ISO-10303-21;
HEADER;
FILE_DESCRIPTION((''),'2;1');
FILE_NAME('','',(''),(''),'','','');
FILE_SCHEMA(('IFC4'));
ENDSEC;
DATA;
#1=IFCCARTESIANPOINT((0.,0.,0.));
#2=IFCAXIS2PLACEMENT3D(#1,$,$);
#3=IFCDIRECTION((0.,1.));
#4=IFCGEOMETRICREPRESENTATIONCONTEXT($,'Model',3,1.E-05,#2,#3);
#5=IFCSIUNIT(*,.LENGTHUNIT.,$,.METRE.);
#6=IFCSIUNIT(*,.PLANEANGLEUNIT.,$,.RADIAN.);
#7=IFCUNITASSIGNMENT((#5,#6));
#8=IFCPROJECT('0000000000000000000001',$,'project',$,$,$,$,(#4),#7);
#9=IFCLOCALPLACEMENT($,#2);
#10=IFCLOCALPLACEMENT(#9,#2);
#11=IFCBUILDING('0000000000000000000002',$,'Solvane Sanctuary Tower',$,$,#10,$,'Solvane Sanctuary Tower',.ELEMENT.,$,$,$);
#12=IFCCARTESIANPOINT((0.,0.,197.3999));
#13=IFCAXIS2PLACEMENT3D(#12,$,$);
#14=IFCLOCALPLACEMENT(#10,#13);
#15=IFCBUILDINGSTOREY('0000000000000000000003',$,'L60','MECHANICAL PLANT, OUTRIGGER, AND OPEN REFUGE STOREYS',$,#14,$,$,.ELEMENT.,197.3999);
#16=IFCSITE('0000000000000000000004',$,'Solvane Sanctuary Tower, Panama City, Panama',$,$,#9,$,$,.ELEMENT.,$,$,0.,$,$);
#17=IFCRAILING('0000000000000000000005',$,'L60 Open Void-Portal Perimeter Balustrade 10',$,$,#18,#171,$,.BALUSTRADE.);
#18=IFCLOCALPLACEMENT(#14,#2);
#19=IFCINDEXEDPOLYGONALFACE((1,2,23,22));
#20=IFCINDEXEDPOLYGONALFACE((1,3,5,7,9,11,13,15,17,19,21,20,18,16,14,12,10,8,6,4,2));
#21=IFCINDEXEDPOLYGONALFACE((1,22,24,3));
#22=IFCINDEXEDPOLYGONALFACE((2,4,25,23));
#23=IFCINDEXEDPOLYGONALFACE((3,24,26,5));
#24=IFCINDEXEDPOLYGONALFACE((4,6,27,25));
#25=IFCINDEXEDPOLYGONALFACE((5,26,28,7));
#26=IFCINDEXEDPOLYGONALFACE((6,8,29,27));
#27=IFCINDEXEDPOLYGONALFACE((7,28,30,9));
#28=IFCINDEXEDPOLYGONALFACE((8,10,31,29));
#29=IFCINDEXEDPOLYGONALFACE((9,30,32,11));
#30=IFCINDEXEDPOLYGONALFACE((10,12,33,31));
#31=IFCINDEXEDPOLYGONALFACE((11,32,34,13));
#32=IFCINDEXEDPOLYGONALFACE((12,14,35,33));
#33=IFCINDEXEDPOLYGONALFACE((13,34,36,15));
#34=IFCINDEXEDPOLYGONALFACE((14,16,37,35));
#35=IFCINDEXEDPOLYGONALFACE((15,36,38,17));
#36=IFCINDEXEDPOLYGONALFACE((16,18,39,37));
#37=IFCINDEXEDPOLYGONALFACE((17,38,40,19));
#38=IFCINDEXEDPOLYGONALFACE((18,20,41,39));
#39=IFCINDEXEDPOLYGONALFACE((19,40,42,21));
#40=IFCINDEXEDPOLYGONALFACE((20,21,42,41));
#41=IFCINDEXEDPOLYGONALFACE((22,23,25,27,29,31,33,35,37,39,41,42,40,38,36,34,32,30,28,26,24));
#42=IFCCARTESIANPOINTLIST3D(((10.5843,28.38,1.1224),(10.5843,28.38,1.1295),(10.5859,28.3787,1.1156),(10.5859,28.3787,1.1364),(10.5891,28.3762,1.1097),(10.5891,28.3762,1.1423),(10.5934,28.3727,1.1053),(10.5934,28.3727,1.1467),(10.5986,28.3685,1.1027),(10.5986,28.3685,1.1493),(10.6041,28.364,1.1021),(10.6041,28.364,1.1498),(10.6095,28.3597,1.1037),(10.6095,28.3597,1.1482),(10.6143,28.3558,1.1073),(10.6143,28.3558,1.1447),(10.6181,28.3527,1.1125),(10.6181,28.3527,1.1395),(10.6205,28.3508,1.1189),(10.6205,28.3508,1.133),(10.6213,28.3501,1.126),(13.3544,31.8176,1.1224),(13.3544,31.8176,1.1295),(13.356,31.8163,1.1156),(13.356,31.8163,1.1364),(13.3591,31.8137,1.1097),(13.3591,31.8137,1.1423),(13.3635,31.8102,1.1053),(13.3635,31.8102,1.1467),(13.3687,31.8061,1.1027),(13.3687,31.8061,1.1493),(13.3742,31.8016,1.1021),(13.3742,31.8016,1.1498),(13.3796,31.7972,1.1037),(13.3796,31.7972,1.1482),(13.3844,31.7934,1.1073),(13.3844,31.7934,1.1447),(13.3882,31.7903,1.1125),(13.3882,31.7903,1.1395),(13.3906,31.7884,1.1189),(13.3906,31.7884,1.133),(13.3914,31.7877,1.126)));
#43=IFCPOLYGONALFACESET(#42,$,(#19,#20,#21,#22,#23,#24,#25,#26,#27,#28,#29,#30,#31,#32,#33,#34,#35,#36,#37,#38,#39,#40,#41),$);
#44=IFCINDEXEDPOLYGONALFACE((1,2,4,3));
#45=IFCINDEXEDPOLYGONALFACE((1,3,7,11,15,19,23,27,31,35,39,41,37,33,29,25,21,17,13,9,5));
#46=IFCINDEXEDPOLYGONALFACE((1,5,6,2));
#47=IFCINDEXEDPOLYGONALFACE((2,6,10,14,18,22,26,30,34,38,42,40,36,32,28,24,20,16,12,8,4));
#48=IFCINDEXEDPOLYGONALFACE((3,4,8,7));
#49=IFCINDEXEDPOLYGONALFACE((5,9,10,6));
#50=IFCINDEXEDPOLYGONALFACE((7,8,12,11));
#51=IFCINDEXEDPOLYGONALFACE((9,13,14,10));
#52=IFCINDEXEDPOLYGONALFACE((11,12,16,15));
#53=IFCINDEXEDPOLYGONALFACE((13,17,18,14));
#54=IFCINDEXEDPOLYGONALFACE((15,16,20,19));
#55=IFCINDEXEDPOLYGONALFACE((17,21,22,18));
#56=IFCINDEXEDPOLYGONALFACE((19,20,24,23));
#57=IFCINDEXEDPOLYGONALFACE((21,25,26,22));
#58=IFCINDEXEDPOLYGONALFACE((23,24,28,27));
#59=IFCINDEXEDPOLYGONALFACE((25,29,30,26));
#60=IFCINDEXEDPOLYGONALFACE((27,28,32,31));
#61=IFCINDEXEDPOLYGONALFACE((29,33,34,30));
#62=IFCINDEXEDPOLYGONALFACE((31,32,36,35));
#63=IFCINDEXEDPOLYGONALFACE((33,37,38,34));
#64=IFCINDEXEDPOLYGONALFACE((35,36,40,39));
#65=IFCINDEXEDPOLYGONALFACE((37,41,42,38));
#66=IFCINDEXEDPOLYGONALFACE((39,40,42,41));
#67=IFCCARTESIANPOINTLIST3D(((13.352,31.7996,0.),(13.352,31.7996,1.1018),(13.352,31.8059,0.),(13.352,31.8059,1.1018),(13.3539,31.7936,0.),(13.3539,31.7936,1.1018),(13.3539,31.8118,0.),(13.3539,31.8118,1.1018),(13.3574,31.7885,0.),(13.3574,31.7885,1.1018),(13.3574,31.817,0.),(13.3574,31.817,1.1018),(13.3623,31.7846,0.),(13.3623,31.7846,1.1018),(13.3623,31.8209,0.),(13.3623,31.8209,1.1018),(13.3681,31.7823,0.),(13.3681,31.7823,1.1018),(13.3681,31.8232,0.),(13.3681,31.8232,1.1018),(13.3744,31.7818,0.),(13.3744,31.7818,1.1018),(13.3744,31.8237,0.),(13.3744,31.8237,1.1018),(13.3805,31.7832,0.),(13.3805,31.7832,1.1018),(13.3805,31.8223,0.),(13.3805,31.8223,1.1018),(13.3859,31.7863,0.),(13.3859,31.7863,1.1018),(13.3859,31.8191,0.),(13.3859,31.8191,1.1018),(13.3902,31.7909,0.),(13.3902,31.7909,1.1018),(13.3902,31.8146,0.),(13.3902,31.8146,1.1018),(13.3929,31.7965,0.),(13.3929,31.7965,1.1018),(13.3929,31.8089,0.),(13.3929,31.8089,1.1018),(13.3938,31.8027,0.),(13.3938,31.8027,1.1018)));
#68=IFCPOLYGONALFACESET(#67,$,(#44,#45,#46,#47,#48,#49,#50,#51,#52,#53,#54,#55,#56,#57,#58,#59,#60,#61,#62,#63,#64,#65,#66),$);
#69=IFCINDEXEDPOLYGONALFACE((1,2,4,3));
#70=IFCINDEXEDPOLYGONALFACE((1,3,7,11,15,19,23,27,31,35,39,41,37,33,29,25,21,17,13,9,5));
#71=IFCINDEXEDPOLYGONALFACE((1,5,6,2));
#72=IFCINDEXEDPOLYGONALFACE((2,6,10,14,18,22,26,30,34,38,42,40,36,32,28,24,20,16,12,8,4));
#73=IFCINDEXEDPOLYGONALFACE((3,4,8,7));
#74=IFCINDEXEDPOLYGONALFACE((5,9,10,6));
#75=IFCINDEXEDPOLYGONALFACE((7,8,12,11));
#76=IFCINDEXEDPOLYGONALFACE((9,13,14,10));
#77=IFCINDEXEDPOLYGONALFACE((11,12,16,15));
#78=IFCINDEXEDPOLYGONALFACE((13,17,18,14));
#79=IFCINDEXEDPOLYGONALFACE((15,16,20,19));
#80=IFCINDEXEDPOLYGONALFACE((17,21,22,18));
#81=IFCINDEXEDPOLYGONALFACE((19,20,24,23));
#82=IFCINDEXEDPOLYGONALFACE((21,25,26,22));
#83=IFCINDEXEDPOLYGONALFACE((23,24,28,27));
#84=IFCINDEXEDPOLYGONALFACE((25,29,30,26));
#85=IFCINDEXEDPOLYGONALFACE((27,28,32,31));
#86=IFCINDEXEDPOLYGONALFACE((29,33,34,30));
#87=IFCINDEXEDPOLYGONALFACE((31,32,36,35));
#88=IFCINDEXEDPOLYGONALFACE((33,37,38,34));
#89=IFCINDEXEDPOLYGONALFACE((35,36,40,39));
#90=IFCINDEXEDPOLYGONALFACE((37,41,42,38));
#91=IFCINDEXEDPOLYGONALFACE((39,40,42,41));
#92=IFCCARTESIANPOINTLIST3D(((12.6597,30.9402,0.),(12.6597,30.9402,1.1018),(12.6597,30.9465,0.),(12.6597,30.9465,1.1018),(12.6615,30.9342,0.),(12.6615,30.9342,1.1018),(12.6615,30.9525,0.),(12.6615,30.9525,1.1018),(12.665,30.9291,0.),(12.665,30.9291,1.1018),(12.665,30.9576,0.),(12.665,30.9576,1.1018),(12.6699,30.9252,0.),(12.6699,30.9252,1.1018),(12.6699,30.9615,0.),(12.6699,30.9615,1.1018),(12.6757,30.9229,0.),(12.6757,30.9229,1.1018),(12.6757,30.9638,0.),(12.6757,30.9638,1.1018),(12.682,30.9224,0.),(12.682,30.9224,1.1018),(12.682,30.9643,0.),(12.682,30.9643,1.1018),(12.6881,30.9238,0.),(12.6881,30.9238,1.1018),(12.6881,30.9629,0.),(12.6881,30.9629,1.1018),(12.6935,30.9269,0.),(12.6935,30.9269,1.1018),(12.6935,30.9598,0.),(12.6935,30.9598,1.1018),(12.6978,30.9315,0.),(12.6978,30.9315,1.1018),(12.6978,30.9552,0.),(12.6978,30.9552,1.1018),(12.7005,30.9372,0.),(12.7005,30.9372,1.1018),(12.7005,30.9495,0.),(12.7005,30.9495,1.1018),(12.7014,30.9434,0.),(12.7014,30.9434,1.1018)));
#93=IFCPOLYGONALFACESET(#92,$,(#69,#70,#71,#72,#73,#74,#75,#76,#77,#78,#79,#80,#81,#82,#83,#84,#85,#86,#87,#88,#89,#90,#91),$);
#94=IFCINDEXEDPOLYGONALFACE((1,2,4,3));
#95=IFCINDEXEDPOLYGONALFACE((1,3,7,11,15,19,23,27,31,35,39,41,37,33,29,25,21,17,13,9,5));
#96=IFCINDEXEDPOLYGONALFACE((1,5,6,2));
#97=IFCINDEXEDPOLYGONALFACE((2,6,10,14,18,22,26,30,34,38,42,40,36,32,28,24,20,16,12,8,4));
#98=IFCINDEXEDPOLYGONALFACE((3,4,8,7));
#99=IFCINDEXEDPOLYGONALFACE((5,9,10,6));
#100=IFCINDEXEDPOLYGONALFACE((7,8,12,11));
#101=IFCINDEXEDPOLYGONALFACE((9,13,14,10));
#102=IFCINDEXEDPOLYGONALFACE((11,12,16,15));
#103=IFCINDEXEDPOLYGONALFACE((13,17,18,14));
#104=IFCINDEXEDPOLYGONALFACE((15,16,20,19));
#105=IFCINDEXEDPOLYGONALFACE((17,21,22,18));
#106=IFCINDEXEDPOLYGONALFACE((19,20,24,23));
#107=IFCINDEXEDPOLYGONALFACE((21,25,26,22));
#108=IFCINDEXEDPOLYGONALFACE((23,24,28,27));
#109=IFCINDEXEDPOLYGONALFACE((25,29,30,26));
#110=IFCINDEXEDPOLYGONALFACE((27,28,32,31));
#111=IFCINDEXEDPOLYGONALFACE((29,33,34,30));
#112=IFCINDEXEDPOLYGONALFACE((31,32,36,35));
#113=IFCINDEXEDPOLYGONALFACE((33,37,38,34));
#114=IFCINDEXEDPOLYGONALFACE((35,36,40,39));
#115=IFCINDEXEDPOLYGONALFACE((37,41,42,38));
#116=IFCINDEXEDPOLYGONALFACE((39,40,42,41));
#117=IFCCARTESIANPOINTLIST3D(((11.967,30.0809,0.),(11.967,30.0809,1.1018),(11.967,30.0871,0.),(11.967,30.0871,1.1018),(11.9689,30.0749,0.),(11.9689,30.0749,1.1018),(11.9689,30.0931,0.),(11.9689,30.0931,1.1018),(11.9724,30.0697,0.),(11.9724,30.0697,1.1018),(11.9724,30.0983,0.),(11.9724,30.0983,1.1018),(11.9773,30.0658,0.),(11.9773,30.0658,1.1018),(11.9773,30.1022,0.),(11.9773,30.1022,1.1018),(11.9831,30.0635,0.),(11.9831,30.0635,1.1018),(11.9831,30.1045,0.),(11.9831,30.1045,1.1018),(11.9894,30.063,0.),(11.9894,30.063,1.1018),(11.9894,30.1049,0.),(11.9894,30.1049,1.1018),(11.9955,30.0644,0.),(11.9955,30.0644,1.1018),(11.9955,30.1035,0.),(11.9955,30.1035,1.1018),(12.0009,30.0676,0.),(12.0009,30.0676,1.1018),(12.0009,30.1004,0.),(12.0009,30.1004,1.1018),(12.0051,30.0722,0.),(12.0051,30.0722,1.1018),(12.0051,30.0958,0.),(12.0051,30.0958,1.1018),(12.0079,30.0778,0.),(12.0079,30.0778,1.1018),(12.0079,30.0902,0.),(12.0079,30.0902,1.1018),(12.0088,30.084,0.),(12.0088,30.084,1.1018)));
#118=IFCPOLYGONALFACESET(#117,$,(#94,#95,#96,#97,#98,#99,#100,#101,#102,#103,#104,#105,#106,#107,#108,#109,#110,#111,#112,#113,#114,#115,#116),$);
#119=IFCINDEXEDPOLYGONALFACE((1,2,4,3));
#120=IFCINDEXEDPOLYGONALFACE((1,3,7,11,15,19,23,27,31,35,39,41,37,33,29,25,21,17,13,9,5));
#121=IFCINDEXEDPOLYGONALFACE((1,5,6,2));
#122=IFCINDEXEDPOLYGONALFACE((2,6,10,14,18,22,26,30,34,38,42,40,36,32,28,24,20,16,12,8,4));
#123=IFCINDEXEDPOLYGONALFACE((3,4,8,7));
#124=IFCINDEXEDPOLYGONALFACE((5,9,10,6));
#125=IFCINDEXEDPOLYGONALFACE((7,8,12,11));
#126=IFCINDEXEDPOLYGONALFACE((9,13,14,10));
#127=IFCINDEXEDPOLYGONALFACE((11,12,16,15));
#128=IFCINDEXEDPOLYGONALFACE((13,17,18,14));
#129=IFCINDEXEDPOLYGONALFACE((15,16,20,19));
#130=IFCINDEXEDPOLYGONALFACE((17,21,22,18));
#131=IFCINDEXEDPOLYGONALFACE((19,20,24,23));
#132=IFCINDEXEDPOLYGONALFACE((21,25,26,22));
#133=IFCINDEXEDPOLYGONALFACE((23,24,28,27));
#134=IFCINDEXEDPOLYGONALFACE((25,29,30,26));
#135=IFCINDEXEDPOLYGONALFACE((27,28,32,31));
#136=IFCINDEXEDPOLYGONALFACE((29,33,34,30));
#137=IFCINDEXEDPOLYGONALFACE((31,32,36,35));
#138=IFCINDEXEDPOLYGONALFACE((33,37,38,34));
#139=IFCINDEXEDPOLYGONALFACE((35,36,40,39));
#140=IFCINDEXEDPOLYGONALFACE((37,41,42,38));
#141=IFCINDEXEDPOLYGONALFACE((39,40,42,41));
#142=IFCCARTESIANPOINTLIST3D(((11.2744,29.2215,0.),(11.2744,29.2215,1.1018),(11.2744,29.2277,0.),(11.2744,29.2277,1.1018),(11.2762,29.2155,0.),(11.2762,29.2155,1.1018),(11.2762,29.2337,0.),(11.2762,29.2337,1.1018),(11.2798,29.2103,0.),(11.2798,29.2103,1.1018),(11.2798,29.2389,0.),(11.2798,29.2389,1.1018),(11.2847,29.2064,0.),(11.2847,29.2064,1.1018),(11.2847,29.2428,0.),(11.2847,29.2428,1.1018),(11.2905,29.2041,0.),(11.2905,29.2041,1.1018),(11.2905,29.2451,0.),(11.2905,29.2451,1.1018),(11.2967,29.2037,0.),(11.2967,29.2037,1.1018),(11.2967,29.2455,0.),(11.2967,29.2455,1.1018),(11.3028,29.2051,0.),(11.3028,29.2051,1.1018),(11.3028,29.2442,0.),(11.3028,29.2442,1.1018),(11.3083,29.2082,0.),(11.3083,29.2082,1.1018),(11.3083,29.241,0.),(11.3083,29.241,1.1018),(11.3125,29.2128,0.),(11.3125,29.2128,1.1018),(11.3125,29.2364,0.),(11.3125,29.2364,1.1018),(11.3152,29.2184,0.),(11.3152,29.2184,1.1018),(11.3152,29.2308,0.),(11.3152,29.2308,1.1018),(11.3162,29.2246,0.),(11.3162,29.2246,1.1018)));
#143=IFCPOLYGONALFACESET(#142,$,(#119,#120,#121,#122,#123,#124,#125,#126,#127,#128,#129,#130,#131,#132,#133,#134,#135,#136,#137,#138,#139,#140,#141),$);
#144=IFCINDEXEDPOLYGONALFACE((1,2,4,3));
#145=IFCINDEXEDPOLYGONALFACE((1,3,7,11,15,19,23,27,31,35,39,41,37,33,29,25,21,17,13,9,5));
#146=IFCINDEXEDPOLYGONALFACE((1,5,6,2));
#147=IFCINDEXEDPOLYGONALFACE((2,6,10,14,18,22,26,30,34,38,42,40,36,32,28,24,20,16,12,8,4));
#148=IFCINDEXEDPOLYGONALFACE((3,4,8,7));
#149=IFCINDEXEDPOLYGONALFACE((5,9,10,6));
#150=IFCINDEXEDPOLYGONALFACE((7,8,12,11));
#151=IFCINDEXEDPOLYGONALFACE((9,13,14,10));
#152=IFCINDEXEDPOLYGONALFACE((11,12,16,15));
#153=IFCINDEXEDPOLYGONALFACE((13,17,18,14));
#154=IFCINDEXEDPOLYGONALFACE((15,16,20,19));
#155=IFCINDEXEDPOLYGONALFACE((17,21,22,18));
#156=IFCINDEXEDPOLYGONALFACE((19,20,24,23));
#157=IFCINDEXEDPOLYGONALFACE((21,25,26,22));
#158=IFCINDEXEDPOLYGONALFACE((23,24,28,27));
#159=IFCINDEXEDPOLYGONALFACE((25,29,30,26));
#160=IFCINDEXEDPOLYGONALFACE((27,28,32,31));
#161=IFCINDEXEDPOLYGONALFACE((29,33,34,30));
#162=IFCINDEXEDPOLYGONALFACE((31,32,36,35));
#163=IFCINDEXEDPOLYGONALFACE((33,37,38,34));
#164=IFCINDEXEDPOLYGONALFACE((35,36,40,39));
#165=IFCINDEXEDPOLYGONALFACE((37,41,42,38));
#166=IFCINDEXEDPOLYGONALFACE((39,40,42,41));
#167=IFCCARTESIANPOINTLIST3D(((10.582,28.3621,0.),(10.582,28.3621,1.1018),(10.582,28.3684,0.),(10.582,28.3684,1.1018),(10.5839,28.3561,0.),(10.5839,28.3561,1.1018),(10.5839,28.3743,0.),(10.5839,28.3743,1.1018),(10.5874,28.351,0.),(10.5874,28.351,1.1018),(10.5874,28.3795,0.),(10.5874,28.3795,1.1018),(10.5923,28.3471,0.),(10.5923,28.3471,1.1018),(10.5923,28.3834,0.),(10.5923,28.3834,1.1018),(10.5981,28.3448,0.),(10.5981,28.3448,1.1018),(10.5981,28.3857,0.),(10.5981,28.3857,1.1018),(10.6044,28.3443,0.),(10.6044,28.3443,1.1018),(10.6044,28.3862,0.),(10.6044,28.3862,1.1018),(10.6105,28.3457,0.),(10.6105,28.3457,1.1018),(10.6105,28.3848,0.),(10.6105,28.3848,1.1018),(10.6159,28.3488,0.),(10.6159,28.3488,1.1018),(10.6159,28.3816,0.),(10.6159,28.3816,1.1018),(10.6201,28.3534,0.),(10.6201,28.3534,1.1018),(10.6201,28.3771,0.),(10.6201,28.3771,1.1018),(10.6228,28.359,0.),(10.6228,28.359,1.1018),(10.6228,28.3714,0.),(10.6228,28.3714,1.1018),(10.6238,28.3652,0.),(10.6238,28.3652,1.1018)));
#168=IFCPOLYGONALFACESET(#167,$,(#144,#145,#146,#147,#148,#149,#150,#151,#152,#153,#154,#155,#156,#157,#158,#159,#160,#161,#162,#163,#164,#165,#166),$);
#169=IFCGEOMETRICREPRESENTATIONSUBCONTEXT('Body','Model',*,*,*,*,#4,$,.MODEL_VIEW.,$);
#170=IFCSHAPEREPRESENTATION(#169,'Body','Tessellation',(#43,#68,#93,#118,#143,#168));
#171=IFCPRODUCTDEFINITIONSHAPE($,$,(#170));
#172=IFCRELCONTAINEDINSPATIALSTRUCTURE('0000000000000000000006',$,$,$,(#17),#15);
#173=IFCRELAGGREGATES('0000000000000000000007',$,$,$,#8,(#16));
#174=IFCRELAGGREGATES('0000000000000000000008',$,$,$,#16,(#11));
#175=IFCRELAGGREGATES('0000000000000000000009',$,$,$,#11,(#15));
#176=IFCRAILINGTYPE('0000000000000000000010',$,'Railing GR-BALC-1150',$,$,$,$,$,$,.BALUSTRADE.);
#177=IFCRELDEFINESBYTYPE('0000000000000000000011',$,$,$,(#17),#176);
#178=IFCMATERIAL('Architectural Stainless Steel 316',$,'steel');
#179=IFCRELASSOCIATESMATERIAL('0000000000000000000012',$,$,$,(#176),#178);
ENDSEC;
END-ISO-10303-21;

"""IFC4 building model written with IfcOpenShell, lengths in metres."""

from ifc_helpers import new_model, si_unit, direction, frame, origin, origin_2d, place, context, subcontext, project, spatial, circle, extrude, material, type_object, element, save


model = new_model("IFC4")

# Units and contexts
model_context = context("Model", 3, precision=1e-05, world=origin(), true_north=direction((0.0, 1.0)))
body_context = subcontext(model_context, "Body", "Model", "MODEL_VIEW")
ifc_project = project(units=[si_unit("LENGTHUNIT", "METRE"), si_unit("PLANEANGLEUNIT", "RADIAN")], contexts=[model_context])

# Site, building, storey
site_placement = place(None, origin())
site = spatial("IfcSite", under=ifc_project, at=site_placement, Name="Solvane Sanctuary Tower, Panama City, Panama", CompositionType="ELEMENT", RefElevation=0.0)
building_placement = place(site_placement, origin())
building = spatial("IfcBuilding", under=site, at=building_placement, Name="Solvane Sanctuary Tower", LongName="Solvane Sanctuary Tower", CompositionType="ELEMENT")
storey_placement = place(building_placement, frame((0.0, 0.0, 197.3999)))
storey = spatial("IfcBuildingStorey", under=building, at=storey_placement, Name="L60", Description="MECHANICAL PLANT, OUTRIGGER, AND OPEN REFUGE STOREYS", CompositionType="ELEMENT", Elevation=197.3999)

# Shared definitions
ifc_material_1 = material(Name="Architectural Stainless Steel 316", Category="steel")

# Railing
railing_type_1 = type_object("IfcRailingType", Name="Railing GR-BALC-1150", PredefinedType="BALUSTRADE", material=ifc_material_1)
railing_1_placement = place(storey_placement, frame((13.3728, 31.8027, 0.0)))
element("IfcRailing", 1, at=railing_1_placement, inside=storey, type_object=railing_type_1, Name="L60 Open Void-Portal Perimeter Balustrade 10", PredefinedType="BALUSTRADE", context=body_context, shape_type="SweptSolid", body=[
    extrude(circle(Radius=0.0239, at=origin_2d()), frame((0.0, 0.0, 1.126), z_axis=(-0.627456, -0.778652, 0.0), x_axis=(0.778652, -0.627456, 0.0)), (0.0, 0.0, 1.0), 4.4148),
    extrude(circle(Radius=0.021, at=origin_2d()), origin(), (0.0, 0.0, 1.0), 1.1018),
    extrude(circle(Radius=0.021, at=origin_2d()), frame((-0.6924, -0.8594, 0.0)), (0.0, 0.0, 1.0), 1.1018),
    extrude(circle(Radius=0.021, at=origin_2d()), frame((-1.385, -1.7188, 0.0)), (0.0, 0.0, 1.0), 1.1018),
    extrude(circle(Radius=0.021, at=origin_2d()), frame((-2.0776, -2.5781, 0.0)), (0.0, 0.0, 1.0), 1.1018),
    extrude(circle(Radius=0.021, at=origin_2d()), frame((-2.77, -3.4375, 0.0)), (0.0, 0.0, 1.0), 1.1018),
])

save(model, "model.ifc")
